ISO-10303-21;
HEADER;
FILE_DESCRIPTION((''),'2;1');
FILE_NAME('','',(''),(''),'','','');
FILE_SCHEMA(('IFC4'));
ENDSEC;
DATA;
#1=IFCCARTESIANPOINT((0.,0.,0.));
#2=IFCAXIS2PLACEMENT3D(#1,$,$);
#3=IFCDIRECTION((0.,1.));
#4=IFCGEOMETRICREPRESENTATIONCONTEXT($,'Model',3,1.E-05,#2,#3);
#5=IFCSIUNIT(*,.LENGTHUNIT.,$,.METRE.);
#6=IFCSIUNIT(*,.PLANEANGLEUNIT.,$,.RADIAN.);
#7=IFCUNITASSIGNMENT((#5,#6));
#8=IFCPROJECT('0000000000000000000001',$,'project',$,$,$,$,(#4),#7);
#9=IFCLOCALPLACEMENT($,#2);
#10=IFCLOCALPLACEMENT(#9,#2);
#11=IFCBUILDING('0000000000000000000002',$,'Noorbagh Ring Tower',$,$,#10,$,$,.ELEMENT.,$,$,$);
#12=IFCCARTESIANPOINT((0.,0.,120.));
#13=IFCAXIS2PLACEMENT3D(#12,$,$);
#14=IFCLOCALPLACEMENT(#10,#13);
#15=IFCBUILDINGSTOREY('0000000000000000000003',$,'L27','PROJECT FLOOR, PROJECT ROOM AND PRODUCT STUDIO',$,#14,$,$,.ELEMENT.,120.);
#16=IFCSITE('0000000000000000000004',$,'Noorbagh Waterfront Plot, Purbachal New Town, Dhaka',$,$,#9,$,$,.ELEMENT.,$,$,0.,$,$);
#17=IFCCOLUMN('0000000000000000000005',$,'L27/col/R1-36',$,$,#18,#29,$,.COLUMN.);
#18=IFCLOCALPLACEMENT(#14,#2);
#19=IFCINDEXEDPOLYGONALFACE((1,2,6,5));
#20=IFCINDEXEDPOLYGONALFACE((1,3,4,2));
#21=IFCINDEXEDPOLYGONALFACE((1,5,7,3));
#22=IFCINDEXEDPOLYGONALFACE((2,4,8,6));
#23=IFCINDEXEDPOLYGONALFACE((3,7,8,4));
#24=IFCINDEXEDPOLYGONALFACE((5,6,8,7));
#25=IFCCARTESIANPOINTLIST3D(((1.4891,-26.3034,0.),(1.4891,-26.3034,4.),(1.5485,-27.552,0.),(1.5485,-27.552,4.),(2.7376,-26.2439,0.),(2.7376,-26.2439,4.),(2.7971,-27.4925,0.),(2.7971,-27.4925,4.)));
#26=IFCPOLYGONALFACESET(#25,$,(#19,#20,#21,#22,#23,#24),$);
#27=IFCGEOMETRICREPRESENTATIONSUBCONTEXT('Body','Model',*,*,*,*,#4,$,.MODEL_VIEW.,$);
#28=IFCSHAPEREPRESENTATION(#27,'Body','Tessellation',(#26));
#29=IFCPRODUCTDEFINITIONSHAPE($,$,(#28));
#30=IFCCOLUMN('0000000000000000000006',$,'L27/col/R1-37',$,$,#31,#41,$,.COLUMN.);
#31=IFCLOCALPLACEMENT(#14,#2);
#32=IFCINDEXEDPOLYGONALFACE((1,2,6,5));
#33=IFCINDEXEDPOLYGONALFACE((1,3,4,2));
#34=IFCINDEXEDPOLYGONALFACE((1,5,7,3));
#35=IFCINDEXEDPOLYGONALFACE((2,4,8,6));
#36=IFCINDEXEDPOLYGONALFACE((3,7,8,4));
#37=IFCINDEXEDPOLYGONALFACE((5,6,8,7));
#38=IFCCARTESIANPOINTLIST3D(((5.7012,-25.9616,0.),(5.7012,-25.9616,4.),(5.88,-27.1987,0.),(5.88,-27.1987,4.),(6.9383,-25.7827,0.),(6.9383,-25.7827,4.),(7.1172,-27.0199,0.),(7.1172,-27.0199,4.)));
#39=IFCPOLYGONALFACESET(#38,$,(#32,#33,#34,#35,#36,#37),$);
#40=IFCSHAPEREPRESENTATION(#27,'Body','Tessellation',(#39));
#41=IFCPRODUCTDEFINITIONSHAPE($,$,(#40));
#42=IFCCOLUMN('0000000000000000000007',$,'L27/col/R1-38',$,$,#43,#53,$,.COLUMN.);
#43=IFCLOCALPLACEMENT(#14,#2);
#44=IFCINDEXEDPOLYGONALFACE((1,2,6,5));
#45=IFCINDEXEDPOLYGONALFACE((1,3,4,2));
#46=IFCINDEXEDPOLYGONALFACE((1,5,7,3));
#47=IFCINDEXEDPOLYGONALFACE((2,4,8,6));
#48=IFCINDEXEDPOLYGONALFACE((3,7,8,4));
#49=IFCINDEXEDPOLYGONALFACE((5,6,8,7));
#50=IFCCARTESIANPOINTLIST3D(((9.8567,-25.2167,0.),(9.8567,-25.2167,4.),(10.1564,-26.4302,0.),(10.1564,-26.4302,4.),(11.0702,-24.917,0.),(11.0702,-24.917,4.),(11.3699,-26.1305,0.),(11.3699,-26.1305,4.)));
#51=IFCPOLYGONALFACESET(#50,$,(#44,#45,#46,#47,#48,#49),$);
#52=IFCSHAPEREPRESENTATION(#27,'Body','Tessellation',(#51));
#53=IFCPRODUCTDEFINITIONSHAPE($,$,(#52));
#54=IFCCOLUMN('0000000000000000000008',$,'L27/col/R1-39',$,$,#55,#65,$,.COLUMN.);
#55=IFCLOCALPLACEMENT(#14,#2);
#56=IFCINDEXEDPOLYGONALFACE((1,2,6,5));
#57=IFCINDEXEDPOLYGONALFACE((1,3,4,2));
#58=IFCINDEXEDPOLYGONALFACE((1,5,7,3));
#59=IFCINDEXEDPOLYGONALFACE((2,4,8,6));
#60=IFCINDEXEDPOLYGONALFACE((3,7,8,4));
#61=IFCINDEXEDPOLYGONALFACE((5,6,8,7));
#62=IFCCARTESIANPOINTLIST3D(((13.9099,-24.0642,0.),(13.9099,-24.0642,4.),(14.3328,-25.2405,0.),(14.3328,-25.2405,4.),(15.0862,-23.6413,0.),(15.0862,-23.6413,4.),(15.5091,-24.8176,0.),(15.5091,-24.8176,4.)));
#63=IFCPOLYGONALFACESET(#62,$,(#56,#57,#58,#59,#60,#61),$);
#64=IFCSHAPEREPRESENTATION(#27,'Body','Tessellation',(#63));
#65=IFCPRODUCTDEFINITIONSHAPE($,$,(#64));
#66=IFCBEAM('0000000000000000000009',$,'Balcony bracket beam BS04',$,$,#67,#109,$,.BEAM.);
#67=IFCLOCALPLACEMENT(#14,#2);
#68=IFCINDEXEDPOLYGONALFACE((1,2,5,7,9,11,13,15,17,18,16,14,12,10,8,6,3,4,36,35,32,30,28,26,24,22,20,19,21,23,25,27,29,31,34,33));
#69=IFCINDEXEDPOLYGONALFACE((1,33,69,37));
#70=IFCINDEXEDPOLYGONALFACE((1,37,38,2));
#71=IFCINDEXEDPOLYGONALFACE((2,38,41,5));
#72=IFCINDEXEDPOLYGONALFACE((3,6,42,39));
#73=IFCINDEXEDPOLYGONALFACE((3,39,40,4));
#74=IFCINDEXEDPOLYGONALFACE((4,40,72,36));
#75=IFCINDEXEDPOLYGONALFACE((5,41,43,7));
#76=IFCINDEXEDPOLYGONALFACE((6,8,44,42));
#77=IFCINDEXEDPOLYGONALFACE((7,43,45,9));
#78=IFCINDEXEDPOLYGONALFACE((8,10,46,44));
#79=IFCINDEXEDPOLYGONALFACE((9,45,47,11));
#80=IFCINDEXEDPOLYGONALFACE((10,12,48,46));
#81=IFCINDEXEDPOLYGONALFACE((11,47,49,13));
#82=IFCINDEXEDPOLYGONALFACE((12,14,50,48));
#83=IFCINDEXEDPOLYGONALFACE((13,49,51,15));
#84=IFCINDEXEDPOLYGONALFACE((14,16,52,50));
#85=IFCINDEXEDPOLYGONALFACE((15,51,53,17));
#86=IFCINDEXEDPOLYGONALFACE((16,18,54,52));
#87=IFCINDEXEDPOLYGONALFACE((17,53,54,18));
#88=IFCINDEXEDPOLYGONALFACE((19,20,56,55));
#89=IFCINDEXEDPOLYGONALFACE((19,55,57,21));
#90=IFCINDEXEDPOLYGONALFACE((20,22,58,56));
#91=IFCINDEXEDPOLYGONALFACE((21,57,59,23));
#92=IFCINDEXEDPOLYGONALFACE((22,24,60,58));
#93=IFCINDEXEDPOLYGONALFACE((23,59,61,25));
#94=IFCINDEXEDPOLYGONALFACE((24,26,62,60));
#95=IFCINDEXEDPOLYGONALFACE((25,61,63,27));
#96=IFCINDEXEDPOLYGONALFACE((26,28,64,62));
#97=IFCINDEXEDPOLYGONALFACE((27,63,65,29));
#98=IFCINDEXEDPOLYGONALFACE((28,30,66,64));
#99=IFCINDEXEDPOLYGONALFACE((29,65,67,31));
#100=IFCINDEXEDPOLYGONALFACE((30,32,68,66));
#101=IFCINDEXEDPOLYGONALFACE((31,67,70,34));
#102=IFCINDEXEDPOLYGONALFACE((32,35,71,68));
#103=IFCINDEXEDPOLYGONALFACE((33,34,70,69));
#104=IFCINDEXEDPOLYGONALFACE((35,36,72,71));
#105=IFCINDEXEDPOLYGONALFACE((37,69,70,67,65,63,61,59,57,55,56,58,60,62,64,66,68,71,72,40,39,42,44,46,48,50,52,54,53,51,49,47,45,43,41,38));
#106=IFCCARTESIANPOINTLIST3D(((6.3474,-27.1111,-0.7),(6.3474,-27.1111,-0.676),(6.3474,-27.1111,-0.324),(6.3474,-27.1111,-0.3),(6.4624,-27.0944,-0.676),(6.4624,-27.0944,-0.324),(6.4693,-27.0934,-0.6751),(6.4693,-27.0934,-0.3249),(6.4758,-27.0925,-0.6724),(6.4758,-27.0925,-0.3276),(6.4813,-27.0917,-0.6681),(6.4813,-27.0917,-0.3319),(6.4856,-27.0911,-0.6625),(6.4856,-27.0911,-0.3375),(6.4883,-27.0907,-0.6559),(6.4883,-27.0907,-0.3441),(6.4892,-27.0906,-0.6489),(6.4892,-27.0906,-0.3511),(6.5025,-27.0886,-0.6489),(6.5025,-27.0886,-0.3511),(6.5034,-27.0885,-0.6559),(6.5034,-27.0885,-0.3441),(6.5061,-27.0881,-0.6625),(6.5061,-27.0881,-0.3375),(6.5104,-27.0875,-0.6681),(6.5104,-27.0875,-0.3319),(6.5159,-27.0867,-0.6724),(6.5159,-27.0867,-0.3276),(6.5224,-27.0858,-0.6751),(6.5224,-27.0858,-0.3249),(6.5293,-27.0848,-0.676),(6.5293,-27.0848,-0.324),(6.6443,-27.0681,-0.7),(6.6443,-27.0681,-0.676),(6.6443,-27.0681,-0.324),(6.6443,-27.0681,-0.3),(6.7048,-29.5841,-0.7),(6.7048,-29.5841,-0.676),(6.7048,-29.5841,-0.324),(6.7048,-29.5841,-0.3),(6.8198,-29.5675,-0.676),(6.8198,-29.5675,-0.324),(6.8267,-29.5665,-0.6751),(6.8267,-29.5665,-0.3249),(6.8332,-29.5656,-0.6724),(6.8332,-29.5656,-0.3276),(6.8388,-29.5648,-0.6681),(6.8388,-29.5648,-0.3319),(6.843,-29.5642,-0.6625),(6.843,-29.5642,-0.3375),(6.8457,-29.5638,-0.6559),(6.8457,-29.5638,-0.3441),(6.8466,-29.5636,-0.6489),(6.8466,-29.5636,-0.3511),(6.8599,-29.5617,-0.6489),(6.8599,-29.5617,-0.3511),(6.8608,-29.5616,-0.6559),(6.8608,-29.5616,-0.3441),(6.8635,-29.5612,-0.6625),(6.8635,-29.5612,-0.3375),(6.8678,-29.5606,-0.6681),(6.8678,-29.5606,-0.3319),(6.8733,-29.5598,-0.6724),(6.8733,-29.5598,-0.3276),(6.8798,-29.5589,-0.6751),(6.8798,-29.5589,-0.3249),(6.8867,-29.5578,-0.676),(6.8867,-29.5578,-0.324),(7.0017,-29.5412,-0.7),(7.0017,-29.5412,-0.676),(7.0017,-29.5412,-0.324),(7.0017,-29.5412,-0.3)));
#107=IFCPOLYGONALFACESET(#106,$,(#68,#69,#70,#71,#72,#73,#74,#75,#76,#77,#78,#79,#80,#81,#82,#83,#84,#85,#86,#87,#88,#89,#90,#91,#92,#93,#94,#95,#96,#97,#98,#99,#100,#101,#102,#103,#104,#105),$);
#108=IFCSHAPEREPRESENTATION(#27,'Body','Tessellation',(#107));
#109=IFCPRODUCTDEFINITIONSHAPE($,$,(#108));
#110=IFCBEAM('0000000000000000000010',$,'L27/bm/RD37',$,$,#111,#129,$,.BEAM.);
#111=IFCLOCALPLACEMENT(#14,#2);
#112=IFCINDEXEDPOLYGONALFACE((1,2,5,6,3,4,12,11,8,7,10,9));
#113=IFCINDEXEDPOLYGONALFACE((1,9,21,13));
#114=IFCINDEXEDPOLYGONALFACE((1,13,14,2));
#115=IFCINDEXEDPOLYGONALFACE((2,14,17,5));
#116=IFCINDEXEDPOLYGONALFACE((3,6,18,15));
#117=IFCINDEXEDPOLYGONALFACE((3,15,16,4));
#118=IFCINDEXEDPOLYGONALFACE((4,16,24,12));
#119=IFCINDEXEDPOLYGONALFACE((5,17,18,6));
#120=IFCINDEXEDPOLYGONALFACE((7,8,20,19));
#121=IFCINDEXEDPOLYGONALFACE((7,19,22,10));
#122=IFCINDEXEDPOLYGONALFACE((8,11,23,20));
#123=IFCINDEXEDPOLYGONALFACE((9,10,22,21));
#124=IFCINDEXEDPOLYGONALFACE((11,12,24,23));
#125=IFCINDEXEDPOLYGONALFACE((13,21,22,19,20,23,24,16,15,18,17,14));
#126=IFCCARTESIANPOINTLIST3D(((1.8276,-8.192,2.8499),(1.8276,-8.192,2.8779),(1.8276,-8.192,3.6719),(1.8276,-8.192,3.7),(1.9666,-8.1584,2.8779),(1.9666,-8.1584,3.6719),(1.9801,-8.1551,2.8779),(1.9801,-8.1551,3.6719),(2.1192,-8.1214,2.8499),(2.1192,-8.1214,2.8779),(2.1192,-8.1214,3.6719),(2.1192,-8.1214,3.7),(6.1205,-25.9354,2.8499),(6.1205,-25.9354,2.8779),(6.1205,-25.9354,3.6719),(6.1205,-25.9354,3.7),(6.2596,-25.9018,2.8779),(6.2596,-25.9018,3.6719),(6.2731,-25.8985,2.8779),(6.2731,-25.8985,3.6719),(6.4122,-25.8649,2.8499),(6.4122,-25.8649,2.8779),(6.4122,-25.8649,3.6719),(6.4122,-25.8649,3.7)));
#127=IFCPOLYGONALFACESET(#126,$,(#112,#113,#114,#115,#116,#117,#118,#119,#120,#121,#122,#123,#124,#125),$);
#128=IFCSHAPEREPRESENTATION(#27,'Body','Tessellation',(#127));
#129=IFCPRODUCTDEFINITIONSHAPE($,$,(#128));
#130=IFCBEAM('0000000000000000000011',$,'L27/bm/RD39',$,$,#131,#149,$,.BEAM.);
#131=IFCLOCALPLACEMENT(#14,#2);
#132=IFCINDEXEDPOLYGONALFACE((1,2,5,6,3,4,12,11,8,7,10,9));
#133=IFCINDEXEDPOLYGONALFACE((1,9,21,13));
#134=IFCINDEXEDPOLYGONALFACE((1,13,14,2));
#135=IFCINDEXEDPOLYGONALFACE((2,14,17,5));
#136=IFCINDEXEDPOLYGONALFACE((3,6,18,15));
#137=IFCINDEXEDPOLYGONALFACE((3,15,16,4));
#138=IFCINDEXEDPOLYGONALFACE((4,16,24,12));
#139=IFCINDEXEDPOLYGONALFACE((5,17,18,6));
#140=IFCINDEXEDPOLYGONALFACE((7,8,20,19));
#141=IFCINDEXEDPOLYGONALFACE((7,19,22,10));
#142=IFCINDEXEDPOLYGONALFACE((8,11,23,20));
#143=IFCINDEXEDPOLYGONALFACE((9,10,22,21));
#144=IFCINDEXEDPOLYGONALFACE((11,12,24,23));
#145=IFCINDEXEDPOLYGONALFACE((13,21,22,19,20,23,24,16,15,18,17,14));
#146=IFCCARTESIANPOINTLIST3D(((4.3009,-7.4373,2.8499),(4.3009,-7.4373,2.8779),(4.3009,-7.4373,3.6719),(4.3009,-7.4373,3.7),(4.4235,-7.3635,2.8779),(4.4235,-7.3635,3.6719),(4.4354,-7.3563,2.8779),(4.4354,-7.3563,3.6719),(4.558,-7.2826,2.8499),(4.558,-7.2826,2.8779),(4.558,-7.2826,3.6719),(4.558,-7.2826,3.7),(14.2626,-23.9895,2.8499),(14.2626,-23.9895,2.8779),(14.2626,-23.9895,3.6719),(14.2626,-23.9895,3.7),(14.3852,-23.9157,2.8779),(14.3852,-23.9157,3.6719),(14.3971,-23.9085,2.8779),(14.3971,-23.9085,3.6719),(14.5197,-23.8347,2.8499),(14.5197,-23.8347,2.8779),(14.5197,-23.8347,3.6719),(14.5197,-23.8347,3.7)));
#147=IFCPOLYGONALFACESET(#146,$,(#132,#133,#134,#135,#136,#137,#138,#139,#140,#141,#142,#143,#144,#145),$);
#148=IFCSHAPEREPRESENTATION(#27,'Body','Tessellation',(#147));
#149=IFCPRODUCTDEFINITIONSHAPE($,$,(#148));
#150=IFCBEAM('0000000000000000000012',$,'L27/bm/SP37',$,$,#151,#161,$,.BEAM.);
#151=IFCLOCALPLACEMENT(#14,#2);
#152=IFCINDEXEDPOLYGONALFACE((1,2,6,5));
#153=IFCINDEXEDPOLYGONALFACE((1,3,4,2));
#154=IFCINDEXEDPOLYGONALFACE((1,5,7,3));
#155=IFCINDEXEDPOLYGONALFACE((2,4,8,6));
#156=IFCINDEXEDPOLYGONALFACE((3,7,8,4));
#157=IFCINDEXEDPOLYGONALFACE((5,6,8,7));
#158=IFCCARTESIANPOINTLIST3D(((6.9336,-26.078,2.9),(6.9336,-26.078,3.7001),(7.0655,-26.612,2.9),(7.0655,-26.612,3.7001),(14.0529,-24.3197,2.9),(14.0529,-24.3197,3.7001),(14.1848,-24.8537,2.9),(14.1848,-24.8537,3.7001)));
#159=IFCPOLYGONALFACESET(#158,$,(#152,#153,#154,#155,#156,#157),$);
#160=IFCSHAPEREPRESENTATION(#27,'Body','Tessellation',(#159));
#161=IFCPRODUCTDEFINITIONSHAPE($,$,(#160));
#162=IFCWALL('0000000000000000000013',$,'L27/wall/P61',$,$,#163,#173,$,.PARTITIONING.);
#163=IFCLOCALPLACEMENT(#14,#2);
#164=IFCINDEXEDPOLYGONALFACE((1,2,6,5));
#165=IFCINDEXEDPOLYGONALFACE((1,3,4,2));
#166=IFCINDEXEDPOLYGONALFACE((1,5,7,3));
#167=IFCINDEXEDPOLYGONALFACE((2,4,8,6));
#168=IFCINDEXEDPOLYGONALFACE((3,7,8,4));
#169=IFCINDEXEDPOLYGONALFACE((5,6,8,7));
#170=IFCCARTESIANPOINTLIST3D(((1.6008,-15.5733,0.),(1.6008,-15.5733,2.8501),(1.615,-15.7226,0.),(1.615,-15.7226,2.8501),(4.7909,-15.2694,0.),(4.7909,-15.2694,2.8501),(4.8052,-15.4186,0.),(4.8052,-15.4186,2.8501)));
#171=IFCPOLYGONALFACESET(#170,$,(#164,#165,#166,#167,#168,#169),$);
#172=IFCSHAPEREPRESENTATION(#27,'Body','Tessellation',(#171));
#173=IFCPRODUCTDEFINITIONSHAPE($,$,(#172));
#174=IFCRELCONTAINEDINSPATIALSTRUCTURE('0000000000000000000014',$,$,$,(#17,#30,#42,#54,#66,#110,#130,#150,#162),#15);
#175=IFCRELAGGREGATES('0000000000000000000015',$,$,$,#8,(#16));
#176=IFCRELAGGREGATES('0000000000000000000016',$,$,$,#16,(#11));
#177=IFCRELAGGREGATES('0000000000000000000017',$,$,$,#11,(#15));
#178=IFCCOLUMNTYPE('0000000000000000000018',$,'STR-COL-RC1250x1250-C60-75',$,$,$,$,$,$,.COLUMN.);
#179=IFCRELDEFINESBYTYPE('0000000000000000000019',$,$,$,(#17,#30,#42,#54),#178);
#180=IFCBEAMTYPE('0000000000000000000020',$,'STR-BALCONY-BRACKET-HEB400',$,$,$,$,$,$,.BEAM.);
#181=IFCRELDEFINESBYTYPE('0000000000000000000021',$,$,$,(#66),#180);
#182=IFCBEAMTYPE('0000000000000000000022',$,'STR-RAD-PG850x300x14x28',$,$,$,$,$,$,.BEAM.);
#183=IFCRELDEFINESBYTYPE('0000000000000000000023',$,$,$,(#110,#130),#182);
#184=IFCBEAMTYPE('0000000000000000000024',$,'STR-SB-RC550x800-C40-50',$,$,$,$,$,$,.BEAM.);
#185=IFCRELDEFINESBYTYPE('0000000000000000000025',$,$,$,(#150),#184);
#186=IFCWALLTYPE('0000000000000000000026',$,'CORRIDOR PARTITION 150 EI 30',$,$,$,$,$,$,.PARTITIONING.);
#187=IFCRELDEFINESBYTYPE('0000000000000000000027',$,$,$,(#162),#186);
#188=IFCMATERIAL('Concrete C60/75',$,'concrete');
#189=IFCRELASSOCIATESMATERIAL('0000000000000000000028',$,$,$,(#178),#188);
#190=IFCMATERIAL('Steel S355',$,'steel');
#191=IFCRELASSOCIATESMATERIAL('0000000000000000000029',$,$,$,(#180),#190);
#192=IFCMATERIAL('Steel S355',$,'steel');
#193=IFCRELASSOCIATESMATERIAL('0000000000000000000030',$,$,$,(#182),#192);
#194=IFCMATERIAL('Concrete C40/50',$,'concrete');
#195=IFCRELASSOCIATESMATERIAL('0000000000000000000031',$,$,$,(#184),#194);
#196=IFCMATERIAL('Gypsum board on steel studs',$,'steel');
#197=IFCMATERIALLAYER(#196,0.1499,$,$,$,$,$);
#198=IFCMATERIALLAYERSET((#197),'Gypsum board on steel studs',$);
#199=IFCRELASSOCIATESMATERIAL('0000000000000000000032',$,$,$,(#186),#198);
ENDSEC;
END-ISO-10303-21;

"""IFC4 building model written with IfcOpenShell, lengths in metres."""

from ifc_helpers import new_model, si_unit, direction, frame, frame_2d, origin, origin_2d, place, context, subcontext, project, spatial, rectangle, i_section, extrude, material, layer, layer_set, material_profile, profile_set, type_object, element, save


model = new_model("IFC4")

# Units and contexts
model_context = context("Model", 3, precision=1e-05, world=origin(), true_north=direction((0.0, 1.0)))
body_context = subcontext(model_context, "Body", "Model", "MODEL_VIEW")
ifc_project = project(units=[si_unit("LENGTHUNIT", "METRE"), si_unit("PLANEANGLEUNIT", "RADIAN")], contexts=[model_context])

# Site, building, storey
site_placement = place(None, origin())
site = spatial("IfcSite", under=ifc_project, at=site_placement, Name="Noorbagh Waterfront Plot, Purbachal New Town, Dhaka", CompositionType="ELEMENT", RefElevation=0.0)
building_placement = place(site_placement, origin())
building = spatial("IfcBuilding", under=site, at=building_placement, Name="Noorbagh Ring Tower", CompositionType="ELEMENT")
storey_placement = place(building_placement, frame((0.0, 0.0, 120.0)))
storey = spatial("IfcBuildingStorey", under=building, at=storey_placement, Name="L27", Description="PROJECT FLOOR, PROJECT ROOM AND PRODUCT STUDIO", CompositionType="ELEMENT", Elevation=120.0)

# Columns
ifc_material_1 = material(Name="Concrete C60/75", Category="concrete")
ifc_material_profile_1 = material_profile(ifc_material_1, rectangle(XDim=1.25, YDim=1.25, at=origin_2d()), Name="RC1250x1250")
ifc_profile_set_1 = profile_set([ifc_material_profile_1], Name="Concrete C60/75")
column_type = type_object("IfcColumnType", Name="STR-COL-RC1250x1250-C60-75", PredefinedType="COLUMN", material=ifc_profile_set_1)
for number, where, z_axis, x_axis, name in (
    (1, (2.1431, -26.8979, 0.0), (0.0, 0.0, 1.0), (0.998869, 0.047553, 0.0), "L27/col/R1-36"),
    (2, (6.4092, -26.4907, 0.0), (0.0, 0.0, 1.0), (0.989713, 0.143066, 0.0), "L27/col/R1-37"),
    (3, (10.6133, -25.6736, 0.0), (0.0, 0.0, 1.0), (0.970829, 0.239771, 0.0), "L27/col/R1-38"),
    (4, (14.7095, -24.4409, 0.0), (0.0, 0.0, 1.0), (0.941025, 0.338338, 0.0), "L27/col/R1-39"),
):
    element("IfcColumn", number, at=place(storey_placement, frame(where, z_axis=z_axis, x_axis=x_axis)), inside=storey, type_object=column_type, Name=name, PredefinedType="COLUMN", context=body_context, shape_type="SweptSolid", body=[
        extrude(rectangle(XDim=1.25, YDim=1.25, at=origin_2d()), origin(), (0.0, 0.0, 1.0), 4.0),
    ])

# Beams
ifc_material_2 = material(Name="Steel S355", Category="steel")
ifc_material_profile_2 = material_profile(ifc_material_2, i_section(OverallWidth=0.3, OverallDepth=0.3999, WebThickness=0.0134, FlangeThickness=0.0239, FilletRadius=0.0271, at=origin_2d()), Name="HEB400")
ifc_profile_set_2 = profile_set([ifc_material_profile_2], Name="Steel S355")
beam_type_1 = type_object("IfcBeamType", Name="STR-BALCONY-BRACKET-HEB400", PredefinedType="BEAM", material=ifc_profile_set_2)
beam_1_placement = place(storey_placement, frame((6.4958, -27.0896, -0.5), z_axis=(0.143035, -0.989718, 0.0), x_axis=(0.989718, 0.143035, 0.0)))
element("IfcBeam", 5, at=beam_1_placement, inside=storey, type_object=beam_type_1, Name="Balcony bracket beam BS04", PredefinedType="BEAM", context=body_context, shape_type="SweptSolid", body=[
    extrude(i_section(OverallWidth=0.3, OverallDepth=0.3999, WebThickness=0.0134, FlangeThickness=0.0239, FilletRadius=0.0271, at=origin_2d()), origin(), (0.0, 0.0, 1.0), 2.4988),
])
ifc_material_3 = material(Name="Steel S355", Category="steel")
ifc_material_profile_3 = material_profile(ifc_material_3, i_section(OverallWidth=0.3, OverallDepth=0.8501, WebThickness=0.0139, FlangeThickness=0.0281, at=origin_2d()), Name="PG850x300x14x28")
ifc_profile_set_3 = profile_set([ifc_material_profile_3], Name="Steel S355")
beam_type_2 = type_object("IfcBeamType", Name="STR-RAD-PG850x300x14x28", PredefinedType="BEAM", material=ifc_profile_set_3)
beam_2_placement = place(storey_placement, frame((6.2664, -25.9001, 3.2749), z_axis=(-0.235162, 0.971956, 0.0), x_axis=(-0.971956, -0.235162, 0.0)))
element("IfcBeam", 6, at=beam_2_placement, inside=storey, type_object=beam_type_2, Name="L27/bm/RD37", PredefinedType="BEAM", context=body_context, shape_type="SweptSolid", body=[
    extrude(i_section(OverallWidth=0.3, OverallDepth=0.8501, WebThickness=0.0139, FlangeThickness=0.0281, at=origin_2d()), origin(), (0.0, 0.0, 1.0), 18.2554),
])
beam_3_placement = place(storey_placement, frame((14.3911, -23.9121, 3.2749), z_axis=(-0.515649, 0.8568, 0.0), x_axis=(-0.8568, -0.515649, 0.0)))
element("IfcBeam", 7, at=beam_3_placement, inside=storey, type_object=beam_type_2, Name="L27/bm/RD39", PredefinedType="BEAM", context=body_context, shape_type="SweptSolid", body=[
    extrude(i_section(OverallWidth=0.3, OverallDepth=0.8501, WebThickness=0.0139, FlangeThickness=0.0281, at=origin_2d()), origin(), (0.0, 0.0, 1.0), 19.3186),
])
ifc_material_4 = material(Name="Concrete C40/50", Category="concrete")
ifc_material_profile_4 = material_profile(ifc_material_4, rectangle(XDim=0.55, YDim=0.8, at=origin_2d()), Name="RC550x800")
ifc_profile_set_4 = profile_set([ifc_material_profile_4], Name="Concrete C40/50")
beam_type_3 = type_object("IfcBeamType", Name="STR-SB-RC550x800-C40-50", PredefinedType="BEAM", material=ifc_profile_set_4)
beam_4_placement = place(storey_placement, frame((6.9995, -26.345, 3.3), z_axis=(0.97083, 0.239769, 0.0), x_axis=(-0.239769, 0.97083, 0.0)))
element("IfcBeam", 8, at=beam_4_placement, inside=storey, type_object=beam_type_3, Name="L27/bm/SP37", PredefinedType="BEAM", context=body_context, shape_type="SweptSolid", body=[
    extrude(rectangle(XDim=0.55, YDim=0.8, at=origin_2d()), origin(), (0.0, 0.0, 1.0), 7.3333),
])

# Wall
ifc_material_5 = material(Name="Gypsum board on steel studs", Category="steel")
ifc_layer_1 = layer(ifc_material_5, 0.1499)
ifc_layer_set_1 = layer_set([ifc_layer_1], Name="Gypsum board on steel studs")
wall_type_1 = type_object("IfcWallType", Name="CORRIDOR PARTITION 150 EI 30", PredefinedType="PARTITIONING", material=ifc_layer_set_1)
wall_1_placement = place(storey_placement, frame((1.6079, -15.6479, 0.0), z_axis=(0.0, 0.0, 1.0), x_axis=(0.995492, 0.094849, 0.0)))
element("IfcWall", 9, at=wall_1_placement, inside=storey, type_object=wall_type_1, Name="L27/wall/P61", PredefinedType="PARTITIONING", context=body_context, shape_type="SweptSolid", body=[
    extrude(rectangle(XDim=3.2046, YDim=0.1499, at=frame_2d((1.6023, 0.0))), origin(), (0.0, 0.0, 1.0), 2.8501),
])

save(model, "model.ifc")
